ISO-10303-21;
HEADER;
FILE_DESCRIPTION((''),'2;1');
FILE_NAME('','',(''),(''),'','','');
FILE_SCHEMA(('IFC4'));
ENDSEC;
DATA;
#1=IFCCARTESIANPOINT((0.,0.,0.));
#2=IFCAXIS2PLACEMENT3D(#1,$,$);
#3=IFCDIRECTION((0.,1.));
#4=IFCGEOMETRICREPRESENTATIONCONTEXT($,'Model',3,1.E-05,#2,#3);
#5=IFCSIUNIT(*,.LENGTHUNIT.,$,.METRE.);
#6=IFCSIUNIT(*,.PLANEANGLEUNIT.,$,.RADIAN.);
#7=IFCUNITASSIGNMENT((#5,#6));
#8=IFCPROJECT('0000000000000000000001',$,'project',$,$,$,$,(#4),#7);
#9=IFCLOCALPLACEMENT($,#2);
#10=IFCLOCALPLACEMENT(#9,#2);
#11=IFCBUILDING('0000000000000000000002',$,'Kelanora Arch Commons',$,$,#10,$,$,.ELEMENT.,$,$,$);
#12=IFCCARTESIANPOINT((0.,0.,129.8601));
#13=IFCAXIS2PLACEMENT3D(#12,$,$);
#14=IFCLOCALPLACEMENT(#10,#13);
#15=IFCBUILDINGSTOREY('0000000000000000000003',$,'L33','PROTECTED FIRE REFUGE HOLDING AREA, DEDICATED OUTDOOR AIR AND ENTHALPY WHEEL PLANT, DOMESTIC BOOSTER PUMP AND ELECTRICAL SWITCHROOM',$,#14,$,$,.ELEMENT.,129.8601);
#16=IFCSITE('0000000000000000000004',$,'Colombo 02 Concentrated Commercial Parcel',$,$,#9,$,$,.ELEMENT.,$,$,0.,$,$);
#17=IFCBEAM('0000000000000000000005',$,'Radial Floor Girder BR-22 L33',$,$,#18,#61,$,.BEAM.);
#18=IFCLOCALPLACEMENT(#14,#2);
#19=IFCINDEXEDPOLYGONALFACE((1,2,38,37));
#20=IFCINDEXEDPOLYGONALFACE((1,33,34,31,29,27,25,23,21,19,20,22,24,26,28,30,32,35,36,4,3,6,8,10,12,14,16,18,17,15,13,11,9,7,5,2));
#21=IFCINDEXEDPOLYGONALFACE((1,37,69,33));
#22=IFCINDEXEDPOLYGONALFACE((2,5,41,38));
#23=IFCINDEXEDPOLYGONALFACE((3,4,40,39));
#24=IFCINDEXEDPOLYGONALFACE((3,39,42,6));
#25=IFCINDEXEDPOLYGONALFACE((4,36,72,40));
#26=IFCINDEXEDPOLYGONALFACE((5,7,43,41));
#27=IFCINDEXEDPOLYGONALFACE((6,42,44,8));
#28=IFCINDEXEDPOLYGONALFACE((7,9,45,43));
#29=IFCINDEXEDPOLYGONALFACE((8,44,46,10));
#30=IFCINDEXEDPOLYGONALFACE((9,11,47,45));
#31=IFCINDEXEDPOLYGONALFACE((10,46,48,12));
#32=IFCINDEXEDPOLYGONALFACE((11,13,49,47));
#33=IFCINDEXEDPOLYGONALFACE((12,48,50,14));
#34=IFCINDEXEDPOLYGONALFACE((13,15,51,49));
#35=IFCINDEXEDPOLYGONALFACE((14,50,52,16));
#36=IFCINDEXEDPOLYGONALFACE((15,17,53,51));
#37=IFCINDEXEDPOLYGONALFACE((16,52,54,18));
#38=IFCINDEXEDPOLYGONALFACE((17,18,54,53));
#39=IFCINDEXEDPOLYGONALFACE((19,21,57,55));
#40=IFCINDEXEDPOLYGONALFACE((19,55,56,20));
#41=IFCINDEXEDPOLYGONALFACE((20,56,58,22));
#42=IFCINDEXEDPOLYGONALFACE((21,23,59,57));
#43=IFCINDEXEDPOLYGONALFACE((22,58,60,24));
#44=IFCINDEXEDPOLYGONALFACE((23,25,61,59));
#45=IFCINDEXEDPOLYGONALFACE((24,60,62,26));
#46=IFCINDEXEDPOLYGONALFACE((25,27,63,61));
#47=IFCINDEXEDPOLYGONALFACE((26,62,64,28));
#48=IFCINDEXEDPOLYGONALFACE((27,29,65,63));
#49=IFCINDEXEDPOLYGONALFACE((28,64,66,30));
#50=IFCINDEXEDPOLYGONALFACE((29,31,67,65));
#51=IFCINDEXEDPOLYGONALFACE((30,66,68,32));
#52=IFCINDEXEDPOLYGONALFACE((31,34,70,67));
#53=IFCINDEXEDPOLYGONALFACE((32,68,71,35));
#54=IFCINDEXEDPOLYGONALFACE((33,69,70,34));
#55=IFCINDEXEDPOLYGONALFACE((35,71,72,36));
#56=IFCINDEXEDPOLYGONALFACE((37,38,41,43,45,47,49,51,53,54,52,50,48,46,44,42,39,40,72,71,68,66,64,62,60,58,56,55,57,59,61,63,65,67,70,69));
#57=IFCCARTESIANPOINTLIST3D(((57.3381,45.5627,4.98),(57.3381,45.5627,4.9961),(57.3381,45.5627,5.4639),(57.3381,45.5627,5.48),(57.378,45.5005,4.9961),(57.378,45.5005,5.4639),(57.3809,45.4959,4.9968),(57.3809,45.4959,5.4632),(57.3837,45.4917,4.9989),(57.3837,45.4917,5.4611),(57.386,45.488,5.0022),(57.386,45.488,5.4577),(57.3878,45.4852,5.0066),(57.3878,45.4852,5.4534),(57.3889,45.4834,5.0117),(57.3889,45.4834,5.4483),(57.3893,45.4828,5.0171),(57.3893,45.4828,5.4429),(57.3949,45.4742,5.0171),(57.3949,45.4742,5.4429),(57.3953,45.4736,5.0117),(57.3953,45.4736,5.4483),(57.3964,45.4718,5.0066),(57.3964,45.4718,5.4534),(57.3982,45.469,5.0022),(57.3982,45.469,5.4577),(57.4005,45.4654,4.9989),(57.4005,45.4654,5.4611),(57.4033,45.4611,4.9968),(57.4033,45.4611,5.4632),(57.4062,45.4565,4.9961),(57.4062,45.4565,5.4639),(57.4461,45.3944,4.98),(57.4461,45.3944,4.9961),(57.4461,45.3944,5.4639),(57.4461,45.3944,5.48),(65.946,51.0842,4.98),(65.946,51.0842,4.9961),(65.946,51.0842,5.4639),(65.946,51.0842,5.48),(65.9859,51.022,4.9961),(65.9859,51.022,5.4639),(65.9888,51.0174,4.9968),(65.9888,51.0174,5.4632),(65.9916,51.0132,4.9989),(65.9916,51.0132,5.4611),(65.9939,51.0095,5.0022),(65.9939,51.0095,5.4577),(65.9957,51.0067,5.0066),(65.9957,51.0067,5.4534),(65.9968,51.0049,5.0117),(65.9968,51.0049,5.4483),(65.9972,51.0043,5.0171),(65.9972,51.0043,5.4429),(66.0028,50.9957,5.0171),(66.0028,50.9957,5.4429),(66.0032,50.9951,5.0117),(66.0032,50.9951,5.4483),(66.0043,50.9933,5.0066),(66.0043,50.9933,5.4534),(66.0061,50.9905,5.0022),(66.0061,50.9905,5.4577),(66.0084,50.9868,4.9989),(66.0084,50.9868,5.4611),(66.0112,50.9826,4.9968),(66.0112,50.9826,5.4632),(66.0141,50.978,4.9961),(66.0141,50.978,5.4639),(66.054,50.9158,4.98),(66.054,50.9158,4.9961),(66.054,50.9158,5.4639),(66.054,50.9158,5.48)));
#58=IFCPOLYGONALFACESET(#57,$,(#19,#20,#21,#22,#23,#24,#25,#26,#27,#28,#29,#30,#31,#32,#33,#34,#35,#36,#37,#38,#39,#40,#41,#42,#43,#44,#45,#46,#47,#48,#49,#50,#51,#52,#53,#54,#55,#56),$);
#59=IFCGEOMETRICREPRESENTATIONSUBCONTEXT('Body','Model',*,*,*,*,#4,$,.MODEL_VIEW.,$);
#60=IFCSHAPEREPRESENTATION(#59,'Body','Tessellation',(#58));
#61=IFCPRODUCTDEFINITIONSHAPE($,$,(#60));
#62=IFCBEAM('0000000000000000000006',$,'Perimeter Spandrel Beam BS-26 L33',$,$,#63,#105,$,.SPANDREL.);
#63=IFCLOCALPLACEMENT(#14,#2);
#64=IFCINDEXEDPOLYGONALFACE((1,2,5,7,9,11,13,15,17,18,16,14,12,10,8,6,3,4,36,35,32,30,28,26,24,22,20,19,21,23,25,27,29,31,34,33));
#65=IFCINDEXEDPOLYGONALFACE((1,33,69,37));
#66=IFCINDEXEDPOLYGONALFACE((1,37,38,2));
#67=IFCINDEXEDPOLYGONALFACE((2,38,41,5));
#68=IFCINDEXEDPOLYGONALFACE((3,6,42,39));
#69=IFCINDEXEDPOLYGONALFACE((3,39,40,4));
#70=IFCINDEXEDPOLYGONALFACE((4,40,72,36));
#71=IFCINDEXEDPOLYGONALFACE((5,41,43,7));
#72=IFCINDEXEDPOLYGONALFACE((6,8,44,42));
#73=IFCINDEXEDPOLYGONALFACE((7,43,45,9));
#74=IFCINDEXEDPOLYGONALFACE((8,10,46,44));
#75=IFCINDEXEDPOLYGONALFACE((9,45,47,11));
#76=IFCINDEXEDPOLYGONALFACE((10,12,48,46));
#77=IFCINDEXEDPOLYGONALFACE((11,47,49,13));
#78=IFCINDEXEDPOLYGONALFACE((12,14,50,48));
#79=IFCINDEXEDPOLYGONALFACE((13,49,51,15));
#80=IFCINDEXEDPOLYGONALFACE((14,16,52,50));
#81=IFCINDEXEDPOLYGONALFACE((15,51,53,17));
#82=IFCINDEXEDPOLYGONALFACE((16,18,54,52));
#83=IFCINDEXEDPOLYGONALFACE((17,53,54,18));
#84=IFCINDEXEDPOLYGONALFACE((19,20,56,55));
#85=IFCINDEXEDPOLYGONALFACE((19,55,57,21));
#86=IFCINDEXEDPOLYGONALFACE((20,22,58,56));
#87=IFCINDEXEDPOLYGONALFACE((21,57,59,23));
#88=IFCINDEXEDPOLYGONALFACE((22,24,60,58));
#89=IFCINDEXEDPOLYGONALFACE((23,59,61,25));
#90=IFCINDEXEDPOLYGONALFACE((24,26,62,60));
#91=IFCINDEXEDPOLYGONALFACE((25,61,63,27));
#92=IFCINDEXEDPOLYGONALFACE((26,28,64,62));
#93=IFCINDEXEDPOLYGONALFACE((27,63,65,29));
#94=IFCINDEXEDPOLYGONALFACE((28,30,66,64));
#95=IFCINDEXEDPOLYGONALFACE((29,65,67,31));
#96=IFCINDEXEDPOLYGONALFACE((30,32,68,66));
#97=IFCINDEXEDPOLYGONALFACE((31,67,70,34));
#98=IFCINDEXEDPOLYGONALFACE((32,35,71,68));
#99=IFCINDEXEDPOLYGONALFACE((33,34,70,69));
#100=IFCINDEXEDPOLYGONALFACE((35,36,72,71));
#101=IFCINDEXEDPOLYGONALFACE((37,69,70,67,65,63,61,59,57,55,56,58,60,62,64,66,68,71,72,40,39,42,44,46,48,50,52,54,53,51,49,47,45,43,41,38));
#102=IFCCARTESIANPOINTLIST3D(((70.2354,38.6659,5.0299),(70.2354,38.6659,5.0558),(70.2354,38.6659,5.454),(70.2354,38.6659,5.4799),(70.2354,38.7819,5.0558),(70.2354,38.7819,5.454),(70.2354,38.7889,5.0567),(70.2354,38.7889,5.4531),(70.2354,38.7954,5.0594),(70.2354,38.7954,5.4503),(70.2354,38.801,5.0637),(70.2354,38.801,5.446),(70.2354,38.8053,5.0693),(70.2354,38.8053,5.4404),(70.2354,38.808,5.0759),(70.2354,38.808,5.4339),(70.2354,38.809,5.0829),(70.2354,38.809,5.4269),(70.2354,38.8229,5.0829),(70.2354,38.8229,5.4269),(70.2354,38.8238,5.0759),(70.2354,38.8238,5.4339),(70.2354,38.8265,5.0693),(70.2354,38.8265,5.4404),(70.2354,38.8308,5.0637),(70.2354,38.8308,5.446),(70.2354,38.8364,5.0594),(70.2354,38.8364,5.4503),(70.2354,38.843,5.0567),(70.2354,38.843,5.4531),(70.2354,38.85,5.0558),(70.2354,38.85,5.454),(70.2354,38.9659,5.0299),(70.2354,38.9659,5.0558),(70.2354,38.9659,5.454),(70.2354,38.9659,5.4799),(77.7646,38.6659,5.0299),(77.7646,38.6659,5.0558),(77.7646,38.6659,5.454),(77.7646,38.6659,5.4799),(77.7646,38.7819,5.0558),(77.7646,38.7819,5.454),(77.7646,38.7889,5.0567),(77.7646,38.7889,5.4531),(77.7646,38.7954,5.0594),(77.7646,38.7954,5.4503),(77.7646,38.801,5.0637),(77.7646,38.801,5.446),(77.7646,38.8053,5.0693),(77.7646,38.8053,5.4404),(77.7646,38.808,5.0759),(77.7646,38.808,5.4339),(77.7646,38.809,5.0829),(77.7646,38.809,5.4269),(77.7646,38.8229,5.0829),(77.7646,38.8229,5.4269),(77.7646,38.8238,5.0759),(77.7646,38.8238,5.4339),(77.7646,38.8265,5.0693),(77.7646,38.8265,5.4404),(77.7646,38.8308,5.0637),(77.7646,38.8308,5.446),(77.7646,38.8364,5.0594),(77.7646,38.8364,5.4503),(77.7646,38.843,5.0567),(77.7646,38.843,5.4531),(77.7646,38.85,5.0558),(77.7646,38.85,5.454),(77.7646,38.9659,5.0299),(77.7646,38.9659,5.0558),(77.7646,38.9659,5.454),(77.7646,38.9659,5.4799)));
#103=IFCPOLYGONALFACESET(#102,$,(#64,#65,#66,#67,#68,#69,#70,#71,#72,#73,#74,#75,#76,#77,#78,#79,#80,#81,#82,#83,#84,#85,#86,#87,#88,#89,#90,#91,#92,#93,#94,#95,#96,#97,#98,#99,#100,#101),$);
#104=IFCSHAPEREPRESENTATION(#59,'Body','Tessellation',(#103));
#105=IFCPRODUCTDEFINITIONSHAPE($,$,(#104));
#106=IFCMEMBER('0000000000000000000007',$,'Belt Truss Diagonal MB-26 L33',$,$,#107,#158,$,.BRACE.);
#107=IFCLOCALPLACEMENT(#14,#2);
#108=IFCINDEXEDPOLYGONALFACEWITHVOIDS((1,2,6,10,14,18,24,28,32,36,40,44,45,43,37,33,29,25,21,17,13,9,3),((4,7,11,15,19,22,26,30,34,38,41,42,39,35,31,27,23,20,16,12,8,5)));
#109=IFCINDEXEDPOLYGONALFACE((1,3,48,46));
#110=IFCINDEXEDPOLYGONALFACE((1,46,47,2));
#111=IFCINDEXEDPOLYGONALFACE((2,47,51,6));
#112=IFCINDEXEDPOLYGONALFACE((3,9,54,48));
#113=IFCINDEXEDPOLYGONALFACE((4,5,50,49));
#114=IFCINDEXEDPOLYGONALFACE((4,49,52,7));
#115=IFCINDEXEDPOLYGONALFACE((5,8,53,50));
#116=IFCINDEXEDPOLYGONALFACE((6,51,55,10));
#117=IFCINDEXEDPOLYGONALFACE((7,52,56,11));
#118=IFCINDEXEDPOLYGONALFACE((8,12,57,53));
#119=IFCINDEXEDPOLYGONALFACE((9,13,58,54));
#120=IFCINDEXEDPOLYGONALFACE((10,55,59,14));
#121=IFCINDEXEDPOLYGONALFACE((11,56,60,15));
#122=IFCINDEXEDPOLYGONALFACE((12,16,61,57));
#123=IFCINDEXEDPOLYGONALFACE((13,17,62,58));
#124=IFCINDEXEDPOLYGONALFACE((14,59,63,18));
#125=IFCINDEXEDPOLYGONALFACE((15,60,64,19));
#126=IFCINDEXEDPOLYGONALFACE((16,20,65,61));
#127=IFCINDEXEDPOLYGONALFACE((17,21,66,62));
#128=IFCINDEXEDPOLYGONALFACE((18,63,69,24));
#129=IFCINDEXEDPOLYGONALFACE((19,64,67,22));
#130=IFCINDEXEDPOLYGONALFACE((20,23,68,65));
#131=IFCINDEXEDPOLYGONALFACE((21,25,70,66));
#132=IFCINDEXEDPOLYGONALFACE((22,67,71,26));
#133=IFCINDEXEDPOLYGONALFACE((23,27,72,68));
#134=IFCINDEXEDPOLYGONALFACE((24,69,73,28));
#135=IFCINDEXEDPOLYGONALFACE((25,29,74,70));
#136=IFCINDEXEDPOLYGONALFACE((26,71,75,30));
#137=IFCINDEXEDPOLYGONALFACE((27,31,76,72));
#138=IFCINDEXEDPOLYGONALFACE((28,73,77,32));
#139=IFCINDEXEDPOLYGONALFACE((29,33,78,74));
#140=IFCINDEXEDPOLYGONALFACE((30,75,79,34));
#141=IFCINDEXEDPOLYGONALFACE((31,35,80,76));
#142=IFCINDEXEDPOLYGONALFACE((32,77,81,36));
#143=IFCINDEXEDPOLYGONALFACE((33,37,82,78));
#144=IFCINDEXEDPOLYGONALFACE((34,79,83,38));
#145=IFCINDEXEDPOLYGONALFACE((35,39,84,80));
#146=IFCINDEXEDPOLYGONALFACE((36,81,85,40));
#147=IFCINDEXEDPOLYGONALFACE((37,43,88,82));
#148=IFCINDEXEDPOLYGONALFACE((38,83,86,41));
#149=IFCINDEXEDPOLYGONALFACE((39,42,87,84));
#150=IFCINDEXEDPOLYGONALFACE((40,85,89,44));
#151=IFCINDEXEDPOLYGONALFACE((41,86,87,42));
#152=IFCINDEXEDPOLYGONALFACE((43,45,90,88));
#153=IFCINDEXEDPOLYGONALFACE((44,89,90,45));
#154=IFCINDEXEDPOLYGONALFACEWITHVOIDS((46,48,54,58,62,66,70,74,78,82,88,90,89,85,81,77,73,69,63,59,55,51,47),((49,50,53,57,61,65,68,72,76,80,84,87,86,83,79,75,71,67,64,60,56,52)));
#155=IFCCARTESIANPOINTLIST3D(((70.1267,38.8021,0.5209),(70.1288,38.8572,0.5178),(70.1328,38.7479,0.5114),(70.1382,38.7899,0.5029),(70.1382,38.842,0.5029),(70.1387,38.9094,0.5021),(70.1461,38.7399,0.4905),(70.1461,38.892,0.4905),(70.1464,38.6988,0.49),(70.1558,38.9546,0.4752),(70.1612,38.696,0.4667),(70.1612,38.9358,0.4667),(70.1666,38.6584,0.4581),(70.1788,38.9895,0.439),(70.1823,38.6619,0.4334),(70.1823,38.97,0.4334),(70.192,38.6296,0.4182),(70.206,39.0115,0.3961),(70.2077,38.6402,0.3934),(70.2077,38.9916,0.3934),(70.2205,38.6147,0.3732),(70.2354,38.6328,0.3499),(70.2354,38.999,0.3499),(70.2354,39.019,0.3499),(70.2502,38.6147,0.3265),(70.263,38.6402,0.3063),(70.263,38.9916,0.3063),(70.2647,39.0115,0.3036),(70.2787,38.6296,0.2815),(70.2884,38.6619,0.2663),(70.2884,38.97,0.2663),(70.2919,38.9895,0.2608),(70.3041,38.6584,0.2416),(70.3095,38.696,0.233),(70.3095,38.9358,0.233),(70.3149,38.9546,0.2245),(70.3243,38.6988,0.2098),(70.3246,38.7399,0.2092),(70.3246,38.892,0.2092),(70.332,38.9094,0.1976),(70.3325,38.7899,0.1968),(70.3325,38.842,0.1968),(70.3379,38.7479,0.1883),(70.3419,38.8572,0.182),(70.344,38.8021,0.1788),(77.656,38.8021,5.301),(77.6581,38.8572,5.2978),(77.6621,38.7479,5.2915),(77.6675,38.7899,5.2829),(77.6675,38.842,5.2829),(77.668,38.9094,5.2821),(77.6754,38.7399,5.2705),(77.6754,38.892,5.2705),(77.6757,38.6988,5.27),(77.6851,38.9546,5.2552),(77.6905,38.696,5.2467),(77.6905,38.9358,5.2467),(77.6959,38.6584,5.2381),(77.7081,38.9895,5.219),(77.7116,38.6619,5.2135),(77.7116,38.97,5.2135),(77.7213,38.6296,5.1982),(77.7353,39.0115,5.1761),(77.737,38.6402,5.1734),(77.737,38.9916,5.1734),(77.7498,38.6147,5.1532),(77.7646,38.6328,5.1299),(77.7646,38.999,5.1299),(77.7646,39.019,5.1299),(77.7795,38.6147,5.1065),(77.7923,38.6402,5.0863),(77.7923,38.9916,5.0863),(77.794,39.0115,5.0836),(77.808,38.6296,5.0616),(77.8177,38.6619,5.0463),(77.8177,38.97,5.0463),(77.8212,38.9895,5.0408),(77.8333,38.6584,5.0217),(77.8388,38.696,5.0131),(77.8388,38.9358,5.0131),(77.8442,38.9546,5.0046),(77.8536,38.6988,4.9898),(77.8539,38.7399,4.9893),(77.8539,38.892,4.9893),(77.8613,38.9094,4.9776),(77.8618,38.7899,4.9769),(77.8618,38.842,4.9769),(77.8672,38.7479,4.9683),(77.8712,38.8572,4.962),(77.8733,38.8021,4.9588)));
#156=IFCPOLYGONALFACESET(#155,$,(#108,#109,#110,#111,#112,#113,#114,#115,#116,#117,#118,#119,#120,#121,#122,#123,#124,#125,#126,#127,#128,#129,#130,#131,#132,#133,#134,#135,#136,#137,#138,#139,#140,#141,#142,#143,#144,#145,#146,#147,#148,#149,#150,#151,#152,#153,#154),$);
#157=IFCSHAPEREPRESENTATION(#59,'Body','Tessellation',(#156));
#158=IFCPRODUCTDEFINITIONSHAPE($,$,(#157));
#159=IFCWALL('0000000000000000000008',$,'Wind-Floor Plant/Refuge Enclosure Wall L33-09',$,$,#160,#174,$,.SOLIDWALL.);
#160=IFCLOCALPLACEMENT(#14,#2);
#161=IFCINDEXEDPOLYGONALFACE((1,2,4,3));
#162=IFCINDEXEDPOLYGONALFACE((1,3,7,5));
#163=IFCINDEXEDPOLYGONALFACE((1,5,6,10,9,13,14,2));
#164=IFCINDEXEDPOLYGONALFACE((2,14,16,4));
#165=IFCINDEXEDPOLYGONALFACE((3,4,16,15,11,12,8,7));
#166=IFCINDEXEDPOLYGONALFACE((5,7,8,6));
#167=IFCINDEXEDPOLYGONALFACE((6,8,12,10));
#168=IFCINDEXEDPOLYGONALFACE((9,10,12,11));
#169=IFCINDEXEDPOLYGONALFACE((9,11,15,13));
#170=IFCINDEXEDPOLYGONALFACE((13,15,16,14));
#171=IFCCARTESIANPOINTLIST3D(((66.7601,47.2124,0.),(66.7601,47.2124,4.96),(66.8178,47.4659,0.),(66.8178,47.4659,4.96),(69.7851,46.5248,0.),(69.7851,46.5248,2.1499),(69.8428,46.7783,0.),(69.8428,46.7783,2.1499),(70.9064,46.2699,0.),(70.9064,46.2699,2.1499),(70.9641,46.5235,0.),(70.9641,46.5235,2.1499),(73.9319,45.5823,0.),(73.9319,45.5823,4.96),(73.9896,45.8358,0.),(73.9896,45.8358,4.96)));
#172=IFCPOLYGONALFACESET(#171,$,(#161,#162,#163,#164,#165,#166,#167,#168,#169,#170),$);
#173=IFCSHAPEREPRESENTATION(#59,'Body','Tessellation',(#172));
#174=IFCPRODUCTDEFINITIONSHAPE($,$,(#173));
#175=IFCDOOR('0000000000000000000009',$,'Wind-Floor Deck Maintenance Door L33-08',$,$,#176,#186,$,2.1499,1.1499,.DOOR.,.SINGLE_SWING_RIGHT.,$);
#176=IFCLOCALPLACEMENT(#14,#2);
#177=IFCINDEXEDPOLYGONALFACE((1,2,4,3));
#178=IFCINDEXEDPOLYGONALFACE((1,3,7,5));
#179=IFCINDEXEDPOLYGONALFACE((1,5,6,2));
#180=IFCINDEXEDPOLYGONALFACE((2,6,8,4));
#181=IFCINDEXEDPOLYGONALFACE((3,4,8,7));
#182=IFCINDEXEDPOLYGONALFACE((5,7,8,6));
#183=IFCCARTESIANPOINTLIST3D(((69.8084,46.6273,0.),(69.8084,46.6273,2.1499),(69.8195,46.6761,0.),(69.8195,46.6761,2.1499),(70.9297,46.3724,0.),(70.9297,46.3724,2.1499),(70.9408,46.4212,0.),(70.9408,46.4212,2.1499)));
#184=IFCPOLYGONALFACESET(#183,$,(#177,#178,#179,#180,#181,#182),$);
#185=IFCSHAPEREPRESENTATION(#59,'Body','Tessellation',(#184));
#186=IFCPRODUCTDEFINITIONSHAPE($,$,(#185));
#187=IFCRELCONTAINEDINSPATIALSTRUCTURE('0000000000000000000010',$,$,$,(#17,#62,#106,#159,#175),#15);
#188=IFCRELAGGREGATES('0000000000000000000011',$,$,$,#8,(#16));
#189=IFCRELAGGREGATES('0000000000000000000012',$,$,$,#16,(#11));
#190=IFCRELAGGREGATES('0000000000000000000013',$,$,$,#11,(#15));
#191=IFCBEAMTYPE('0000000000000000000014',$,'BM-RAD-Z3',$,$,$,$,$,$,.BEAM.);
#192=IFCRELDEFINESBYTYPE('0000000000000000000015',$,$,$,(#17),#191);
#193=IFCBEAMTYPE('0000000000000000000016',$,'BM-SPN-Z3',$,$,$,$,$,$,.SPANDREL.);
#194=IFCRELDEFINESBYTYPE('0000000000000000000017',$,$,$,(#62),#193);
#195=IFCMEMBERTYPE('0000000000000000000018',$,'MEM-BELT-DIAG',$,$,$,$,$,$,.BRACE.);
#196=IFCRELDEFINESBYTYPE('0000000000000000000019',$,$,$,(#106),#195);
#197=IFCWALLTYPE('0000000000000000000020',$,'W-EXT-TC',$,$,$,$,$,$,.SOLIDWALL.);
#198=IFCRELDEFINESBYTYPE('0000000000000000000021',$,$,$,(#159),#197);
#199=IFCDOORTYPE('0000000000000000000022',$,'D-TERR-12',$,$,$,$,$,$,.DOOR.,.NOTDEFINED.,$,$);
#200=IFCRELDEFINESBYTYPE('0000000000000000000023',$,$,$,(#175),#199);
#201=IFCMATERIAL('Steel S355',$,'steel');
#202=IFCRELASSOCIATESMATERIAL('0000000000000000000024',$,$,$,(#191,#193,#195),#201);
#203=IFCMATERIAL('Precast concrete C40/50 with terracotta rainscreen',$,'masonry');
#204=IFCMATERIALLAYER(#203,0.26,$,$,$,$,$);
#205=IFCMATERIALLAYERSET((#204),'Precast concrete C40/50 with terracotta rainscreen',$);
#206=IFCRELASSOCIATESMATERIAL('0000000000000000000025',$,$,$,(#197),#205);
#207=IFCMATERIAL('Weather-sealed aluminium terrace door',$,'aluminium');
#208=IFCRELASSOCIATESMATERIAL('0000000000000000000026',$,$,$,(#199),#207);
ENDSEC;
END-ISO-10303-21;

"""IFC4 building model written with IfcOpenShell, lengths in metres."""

from ifc_helpers import new_model, si_unit, direction, frame, frame_2d, origin, origin_2d, place, context, subcontext, project, spatial, rectangle, hollow_circle, i_section, extrude, material, layer, layer_set, material_profile, profile_set, type_object, element, fill, save


model = new_model("IFC4")

# Units and contexts
model_context = context("Model", 3, precision=1e-05, world=origin(), true_north=direction((0.0, 1.0)))
body_context = subcontext(model_context, "Body", "Model", "MODEL_VIEW")
ifc_project = project(units=[si_unit("LENGTHUNIT", "METRE"), si_unit("PLANEANGLEUNIT", "RADIAN")], contexts=[model_context])

# Site, building, storey
site_placement = place(None, origin())
site = spatial("IfcSite", under=ifc_project, at=site_placement, Name="Colombo 02 Concentrated Commercial Parcel", CompositionType="ELEMENT", RefElevation=0.0)
building_placement = place(site_placement, origin())
building = spatial("IfcBuilding", under=site, at=building_placement, Name="Kelanora Arch Commons", CompositionType="ELEMENT")
storey_placement = place(building_placement, frame((0.0, 0.0, 129.8601)))
storey = spatial("IfcBuildingStorey", under=building, at=storey_placement, Name="L33", Description="PROTECTED FIRE REFUGE HOLDING AREA, DEDICATED OUTDOOR AIR AND ENTHALPY WHEEL PLANT, DOMESTIC BOOSTER PUMP AND ELECTRICAL SWITCHROOM", CompositionType="ELEMENT", Elevation=129.8601)

# Beams
ifc_material_1 = material(Name="Steel S355", Category="steel")
ifc_material_profile_1 = material_profile(ifc_material_1, i_section(OverallWidth=0.2, OverallDepth=0.5, WebThickness=0.0103, FlangeThickness=0.0161, FilletRadius=0.021, at=origin_2d()), Name="IPE500")
ifc_profile_set_1 = profile_set([ifc_material_profile_1], Name="Steel S355")
beam_type_1 = type_object("IfcBeamType", Name="BM-RAD-Z3", PredefinedType="BEAM", material=ifc_profile_set_1)
beam_1_placement = place(storey_placement, frame((66.0, 51.0, 5.23), z_axis=(-0.841719, -0.539915, 0.0), x_axis=(0.539915, -0.841719, 0.0)))
element("IfcBeam", 1, at=beam_1_placement, inside=storey, type_object=beam_type_1, Name="Radial Floor Girder BR-22 L33", PredefinedType="BEAM", context=body_context, shape_type="SweptSolid", body=[
    extrude(i_section(OverallWidth=0.2, OverallDepth=0.5, WebThickness=0.0103, FlangeThickness=0.0161, FilletRadius=0.021, at=origin_2d()), origin(), (0.0, 0.0, 1.0), 10.2266),
])
ifc_material_profile_2 = material_profile(ifc_material_1, i_section(OverallWidth=0.3, OverallDepth=0.45, WebThickness=0.0139, FlangeThickness=0.0259, FilletRadius=0.0271, at=origin_2d()), Name="HEB450")
ifc_profile_set_2 = profile_set([ifc_material_profile_2], Name="Steel S355")
beam_type_2 = type_object("IfcBeamType", Name="BM-SPN-Z3", PredefinedType="SPANDREL", material=ifc_profile_set_2)
beam_2_placement = place(storey_placement, frame((70.2354, 38.8159, 5.2549), z_axis=(1.0, 0.0, 0.0), x_axis=(0.0, 1.0, 0.0)))
element("IfcBeam", 2, at=beam_2_placement, inside=storey, type_object=beam_type_2, Name="Perimeter Spandrel Beam BS-26 L33", PredefinedType="SPANDREL", context=body_context, shape_type="SweptSolid", body=[
    extrude(i_section(OverallWidth=0.3, OverallDepth=0.45, WebThickness=0.0139, FlangeThickness=0.0259, FilletRadius=0.0271, at=origin_2d()), origin(), (0.0, 0.0, 1.0), 7.5293),
])

# Member
ifc_material_profile_3 = material_profile(ifc_material_1, hollow_circle(Radius=0.2031, WallThickness=0.02, at=origin_2d()), Name="CHS406.4x20")
ifc_profile_set_3 = profile_set([ifc_material_profile_3], Name="Steel S355")
member_type = type_object("IfcMemberType", Name="MEM-BELT-DIAG", PredefinedType="BRACE", material=ifc_profile_set_3)
member_placement = place(storey_placement, frame((70.2354, 38.8159, 0.3499), z_axis=(0.844237, 0.0, 0.53597), x_axis=(0.0, 1.0, 0.0)))
element("IfcMember", 3, at=member_placement, inside=storey, type_object=member_type, Name="Belt Truss Diagonal MB-26 L33", PredefinedType="BRACE", context=body_context, shape_type="SweptSolid", body=[
    extrude(hollow_circle(Radius=0.2031, WallThickness=0.02, at=origin_2d()), origin(), (0.0, 0.0, 1.0), 8.9185),
])

# Wall, opening, door
ifc_material_2 = material(Name="Precast concrete C40/50 with terracotta rainscreen", Category="masonry")
ifc_layer_1 = layer(ifc_material_2, 0.26)
ifc_layer_set_1 = layer_set([ifc_layer_1], Name="Precast concrete C40/50 with terracotta rainscreen")
wall_type_1 = type_object("IfcWallType", Name="W-EXT-TC", PredefinedType="SOLIDWALL", material=ifc_layer_set_1)
wall_1_placement = place(storey_placement, frame((66.7891, 47.3391, 0.0), z_axis=(0.0, 0.0, 1.0), x_axis=(0.975128, -0.221641, 0.0)))
wall_1 = element("IfcWall", 4, at=wall_1_placement, inside=storey, type_object=wall_type_1, Name="Wind-Floor Plant/Refuge Enclosure Wall L33-09", PredefinedType="SOLIDWALL", context=body_context, shape_type="SweptSolid", body=[
    extrude(rectangle(XDim=7.3547, YDim=0.26, at=frame_2d((3.6772, 0.0))), origin(), (0.0, 0.0, 1.0), 4.96),
])
opening_1_placement = place(wall_1_placement, frame((3.1021, 0.0, 0.0)))
opening_1 = element("IfcOpeningElement", 5, at=opening_1_placement, cuts=wall_1, PredefinedType="OPENING", context=body_context, shape_type="SweptSolid", body=[
    extrude(rectangle(XDim=1.1499, YDim=2.1499, at=frame_2d((0.575, 1.075))), frame((0.0, 0.1401, 0.0), z_axis=(0.0, -1.0, 0.0), x_axis=(1.0, 0.0, 0.0)), (0.0, 0.0, 1.0), 0.28),
])
ifc_material_3 = material(Name="Weather-sealed aluminium terrace door", Category="aluminium")
door_type_1 = type_object("IfcDoorType", Name="D-TERR-12", OperationType="NOTDEFINED", PredefinedType="DOOR", material=ifc_material_3)
door_1_placement = place(opening_1_placement, frame((1.1499, 0.0, 0.0), z_axis=(0.0, 0.0, 1.0), x_axis=(-1.0, 0.0, 0.0)))
door_1 = element("IfcDoor", 6, at=door_1_placement, inside=storey, type_object=door_type_1, Name="Wind-Floor Deck Maintenance Door L33-08", OperationType="SINGLE_SWING_RIGHT", OverallHeight=2.1499, OverallWidth=1.1499, PredefinedType="DOOR", context=body_context, shape_type="SweptSolid", body=[
    extrude(rectangle(XDim=1.1499, YDim=2.1499, at=frame_2d((0.575, 1.075))), frame((0.0, 0.0249, 0.0), z_axis=(0.0, -1.0, 0.0), x_axis=(1.0, 0.0, 0.0)), (0.0, 0.0, 1.0), 0.05),
])
fill(opening_1, door_1)

save(model, "model.ifc")
